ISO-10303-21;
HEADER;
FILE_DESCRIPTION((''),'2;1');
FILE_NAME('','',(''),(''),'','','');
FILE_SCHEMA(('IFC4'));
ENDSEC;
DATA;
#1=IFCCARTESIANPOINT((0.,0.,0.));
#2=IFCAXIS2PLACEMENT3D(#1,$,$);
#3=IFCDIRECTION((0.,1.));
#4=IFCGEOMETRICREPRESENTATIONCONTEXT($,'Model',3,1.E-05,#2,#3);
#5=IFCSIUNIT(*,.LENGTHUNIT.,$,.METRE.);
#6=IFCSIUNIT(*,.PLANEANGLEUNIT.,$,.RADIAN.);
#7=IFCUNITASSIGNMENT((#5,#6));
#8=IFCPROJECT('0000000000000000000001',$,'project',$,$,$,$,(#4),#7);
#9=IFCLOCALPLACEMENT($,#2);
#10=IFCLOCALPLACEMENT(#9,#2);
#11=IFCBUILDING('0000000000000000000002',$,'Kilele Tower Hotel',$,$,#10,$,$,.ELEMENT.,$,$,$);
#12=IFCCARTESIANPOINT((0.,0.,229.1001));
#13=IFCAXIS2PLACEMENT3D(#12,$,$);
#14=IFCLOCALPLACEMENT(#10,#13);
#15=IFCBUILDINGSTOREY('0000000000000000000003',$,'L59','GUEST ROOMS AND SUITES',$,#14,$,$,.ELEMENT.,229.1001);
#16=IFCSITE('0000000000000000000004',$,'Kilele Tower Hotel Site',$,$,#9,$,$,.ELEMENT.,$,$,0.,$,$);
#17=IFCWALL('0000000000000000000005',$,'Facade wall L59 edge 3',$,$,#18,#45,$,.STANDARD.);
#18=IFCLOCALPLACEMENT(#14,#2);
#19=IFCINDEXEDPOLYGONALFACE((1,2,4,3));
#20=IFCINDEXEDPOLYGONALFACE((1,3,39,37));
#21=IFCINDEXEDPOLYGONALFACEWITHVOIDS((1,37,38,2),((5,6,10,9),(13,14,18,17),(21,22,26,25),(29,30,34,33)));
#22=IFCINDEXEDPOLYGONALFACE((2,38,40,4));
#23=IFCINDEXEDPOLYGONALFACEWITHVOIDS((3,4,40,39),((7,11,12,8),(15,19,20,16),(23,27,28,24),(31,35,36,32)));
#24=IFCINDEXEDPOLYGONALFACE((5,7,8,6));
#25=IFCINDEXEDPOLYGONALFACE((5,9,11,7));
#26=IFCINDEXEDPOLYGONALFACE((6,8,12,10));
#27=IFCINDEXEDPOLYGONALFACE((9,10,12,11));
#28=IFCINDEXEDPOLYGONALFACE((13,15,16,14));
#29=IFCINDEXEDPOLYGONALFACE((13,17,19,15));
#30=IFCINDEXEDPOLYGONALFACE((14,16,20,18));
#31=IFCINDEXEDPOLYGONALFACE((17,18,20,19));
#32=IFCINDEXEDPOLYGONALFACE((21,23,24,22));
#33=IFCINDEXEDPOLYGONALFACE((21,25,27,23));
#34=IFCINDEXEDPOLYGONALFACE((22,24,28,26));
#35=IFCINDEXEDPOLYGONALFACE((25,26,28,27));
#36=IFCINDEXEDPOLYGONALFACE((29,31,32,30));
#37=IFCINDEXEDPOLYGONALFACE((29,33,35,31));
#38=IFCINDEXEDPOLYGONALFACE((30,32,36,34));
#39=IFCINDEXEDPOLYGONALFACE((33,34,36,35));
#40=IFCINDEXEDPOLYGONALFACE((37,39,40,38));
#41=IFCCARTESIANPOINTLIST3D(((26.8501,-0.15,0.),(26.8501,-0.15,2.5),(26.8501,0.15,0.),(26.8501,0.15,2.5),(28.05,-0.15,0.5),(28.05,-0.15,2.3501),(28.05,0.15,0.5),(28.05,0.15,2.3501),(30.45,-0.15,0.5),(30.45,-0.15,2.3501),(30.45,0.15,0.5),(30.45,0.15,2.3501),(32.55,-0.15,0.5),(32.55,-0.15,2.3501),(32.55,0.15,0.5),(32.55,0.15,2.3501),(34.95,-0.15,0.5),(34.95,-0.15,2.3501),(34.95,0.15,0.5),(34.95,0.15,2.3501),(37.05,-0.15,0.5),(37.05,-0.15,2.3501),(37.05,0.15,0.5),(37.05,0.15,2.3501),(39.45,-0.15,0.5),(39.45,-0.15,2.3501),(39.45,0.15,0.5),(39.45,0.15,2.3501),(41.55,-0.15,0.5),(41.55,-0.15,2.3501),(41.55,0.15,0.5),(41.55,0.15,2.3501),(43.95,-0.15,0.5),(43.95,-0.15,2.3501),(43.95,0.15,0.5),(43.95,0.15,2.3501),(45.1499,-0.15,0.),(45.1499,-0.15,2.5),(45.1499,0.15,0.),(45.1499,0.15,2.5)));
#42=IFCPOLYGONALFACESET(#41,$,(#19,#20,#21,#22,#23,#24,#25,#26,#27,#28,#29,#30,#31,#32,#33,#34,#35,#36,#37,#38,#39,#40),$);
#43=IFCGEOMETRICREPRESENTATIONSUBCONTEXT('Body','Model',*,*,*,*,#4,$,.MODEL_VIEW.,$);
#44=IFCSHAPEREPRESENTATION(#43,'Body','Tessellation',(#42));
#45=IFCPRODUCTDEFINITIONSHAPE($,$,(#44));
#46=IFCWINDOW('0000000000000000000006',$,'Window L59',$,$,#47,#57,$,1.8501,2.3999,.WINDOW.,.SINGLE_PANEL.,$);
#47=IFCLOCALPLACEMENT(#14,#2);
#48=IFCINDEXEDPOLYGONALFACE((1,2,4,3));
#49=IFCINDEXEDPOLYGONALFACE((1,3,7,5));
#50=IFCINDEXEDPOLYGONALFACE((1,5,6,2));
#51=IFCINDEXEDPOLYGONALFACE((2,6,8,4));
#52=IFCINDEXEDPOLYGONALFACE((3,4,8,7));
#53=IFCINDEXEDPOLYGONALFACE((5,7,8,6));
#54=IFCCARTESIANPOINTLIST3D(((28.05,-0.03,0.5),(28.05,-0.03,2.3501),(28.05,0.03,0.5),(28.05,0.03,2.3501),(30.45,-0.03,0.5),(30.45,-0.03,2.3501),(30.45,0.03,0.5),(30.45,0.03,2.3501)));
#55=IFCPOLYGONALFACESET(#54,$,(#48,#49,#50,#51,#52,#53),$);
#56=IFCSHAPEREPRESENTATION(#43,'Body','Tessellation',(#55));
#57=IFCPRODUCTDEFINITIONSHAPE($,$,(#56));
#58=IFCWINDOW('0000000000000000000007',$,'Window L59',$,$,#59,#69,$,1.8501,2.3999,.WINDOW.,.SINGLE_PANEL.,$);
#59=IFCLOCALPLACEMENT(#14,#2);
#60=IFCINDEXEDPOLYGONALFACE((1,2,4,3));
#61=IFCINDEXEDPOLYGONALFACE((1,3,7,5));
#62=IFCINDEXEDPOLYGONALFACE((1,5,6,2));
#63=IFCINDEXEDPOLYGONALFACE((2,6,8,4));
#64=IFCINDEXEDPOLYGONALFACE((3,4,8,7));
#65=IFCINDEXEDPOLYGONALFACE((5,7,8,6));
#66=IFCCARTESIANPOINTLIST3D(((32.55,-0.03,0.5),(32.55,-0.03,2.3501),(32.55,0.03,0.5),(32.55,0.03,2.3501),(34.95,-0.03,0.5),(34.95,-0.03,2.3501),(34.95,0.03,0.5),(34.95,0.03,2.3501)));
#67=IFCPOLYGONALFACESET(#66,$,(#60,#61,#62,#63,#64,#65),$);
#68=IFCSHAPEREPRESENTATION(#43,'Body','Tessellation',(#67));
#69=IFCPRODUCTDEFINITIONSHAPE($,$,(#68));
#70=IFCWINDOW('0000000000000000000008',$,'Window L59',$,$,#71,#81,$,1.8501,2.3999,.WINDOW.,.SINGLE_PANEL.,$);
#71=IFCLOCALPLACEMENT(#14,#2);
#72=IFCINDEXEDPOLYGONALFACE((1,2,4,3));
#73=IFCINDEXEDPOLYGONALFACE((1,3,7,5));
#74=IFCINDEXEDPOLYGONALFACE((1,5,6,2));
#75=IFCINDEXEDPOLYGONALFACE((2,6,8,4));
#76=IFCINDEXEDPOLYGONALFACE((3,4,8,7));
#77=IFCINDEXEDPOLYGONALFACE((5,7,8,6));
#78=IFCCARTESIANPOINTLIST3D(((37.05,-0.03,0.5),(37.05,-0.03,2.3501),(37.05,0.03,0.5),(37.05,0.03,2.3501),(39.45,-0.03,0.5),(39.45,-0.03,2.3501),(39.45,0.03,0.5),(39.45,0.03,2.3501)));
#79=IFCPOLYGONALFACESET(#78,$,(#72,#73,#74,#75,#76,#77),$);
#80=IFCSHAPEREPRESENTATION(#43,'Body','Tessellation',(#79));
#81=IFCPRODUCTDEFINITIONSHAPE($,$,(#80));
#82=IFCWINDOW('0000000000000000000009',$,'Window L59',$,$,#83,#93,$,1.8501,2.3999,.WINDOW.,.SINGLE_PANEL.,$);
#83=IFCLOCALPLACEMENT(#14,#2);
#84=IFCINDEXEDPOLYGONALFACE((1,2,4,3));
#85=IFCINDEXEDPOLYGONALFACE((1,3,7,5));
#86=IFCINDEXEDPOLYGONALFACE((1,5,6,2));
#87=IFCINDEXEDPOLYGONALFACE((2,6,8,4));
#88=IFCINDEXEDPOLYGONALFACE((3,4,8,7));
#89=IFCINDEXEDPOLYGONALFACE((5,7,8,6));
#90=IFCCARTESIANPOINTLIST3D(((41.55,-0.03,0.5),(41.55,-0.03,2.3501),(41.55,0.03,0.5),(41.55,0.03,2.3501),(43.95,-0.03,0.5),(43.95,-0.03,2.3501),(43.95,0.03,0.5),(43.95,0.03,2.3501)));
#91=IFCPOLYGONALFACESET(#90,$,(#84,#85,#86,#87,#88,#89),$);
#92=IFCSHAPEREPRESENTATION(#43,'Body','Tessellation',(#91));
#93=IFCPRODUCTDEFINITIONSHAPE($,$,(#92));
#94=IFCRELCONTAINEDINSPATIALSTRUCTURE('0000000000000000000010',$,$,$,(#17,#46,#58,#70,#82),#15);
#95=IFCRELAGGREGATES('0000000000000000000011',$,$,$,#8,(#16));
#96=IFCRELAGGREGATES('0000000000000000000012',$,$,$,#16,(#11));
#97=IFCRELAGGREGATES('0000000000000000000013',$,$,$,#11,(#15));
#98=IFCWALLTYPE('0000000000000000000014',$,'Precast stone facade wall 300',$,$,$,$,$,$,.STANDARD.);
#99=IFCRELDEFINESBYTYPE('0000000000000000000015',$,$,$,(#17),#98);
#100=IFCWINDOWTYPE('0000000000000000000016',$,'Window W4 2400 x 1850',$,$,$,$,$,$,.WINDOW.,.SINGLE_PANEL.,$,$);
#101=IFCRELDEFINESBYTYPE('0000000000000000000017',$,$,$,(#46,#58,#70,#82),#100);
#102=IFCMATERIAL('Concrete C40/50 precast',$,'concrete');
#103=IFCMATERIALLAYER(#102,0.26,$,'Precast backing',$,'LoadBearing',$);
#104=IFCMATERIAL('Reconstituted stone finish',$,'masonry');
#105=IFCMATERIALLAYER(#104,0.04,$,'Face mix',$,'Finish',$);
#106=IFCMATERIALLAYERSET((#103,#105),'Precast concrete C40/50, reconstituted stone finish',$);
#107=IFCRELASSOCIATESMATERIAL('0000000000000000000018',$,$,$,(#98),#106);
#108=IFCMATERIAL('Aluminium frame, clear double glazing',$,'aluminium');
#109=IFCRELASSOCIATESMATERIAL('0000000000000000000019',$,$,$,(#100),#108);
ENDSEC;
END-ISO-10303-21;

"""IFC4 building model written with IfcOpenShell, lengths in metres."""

from ifc_helpers import new_model, si_unit, direction, frame, frame_2d, origin, place, context, subcontext, project, spatial, rectangle, extrude, material, layer, layer_set, type_object, element, fill, save


model = new_model("IFC4")

# Units and contexts
model_context = context("Model", 3, precision=1e-05, world=origin(), true_north=direction((0.0, 1.0)))
body_context = subcontext(model_context, "Body", "Model", "MODEL_VIEW")
ifc_project = project(units=[si_unit("LENGTHUNIT", "METRE"), si_unit("PLANEANGLEUNIT", "RADIAN")], contexts=[model_context])

# Site, building, storey
site_placement = place(None, origin())
site = spatial("IfcSite", under=ifc_project, at=site_placement, Name="Kilele Tower Hotel Site", CompositionType="ELEMENT", RefElevation=0.0)
building_placement = place(site_placement, origin())
building = spatial("IfcBuilding", under=site, at=building_placement, Name="Kilele Tower Hotel", CompositionType="ELEMENT")
storey_placement = place(building_placement, frame((0.0, 0.0, 229.1001)))
storey = spatial("IfcBuildingStorey", under=building, at=storey_placement, Name="L59", Description="GUEST ROOMS AND SUITES", CompositionType="ELEMENT", Elevation=229.1001)

# Wall, openings, windows
ifc_material_1 = material(Name="Concrete C40/50 precast", Category="concrete")
ifc_layer_1 = layer(ifc_material_1, 0.26, Name="Precast backing", Category="LoadBearing")
ifc_material_2 = material(Name="Reconstituted stone finish", Category="masonry")
ifc_layer_2 = layer(ifc_material_2, 0.04, Name="Face mix", Category="Finish")
ifc_layer_set_1 = layer_set([ifc_layer_1, ifc_layer_2], Name="Precast concrete C40/50, reconstituted stone finish")
wall_type_1 = type_object("IfcWallType", Name="Precast stone facade wall 300", PredefinedType="STANDARD", material=ifc_layer_set_1)
wall_1_placement = place(storey_placement, frame((26.8501, 0.0, 0.0), z_axis=(0.0, 0.0, 1.0), x_axis=(1.0, 0.0, 0.0)))
wall_1 = element("IfcWall", 1, at=wall_1_placement, inside=storey, type_object=wall_type_1, Name="Facade wall L59 edge 3", PredefinedType="STANDARD", context=body_context, shape_type="SweptSolid", body=[
    extrude(rectangle(XDim=18.2998, YDim=0.3, at=frame_2d((9.1499, 0.0))), origin(), (0.0, 0.0, 1.0), 2.5),
])
opening_1_placement = place(wall_1_placement, frame((1.2, 0.0, 0.5)))
opening_1 = element("IfcOpeningElement", 2, at=opening_1_placement, cuts=wall_1, PredefinedType="OPENING", context=body_context, shape_type="SweptSolid", body=[
    extrude(rectangle(XDim=2.3999, YDim=1.8501, at=frame_2d((1.2, 0.925))), frame((0.0, 0.1599, 0.0), z_axis=(0.0, -1.0, 0.0), x_axis=(1.0, 0.0, 0.0)), (0.0, 0.0, 1.0), 0.3201),
])
opening_2_placement = place(wall_1_placement, frame((5.7, 0.0, 0.5)))
opening_2 = element("IfcOpeningElement", 3, at=opening_2_placement, cuts=wall_1, PredefinedType="OPENING", context=body_context, shape_type="SweptSolid", body=[
    extrude(rectangle(XDim=2.3999, YDim=1.8501, at=frame_2d((1.2, 0.925))), frame((0.0, 0.1599, 0.0), z_axis=(0.0, -1.0, 0.0), x_axis=(1.0, 0.0, 0.0)), (0.0, 0.0, 1.0), 0.3201),
])
opening_3_placement = place(wall_1_placement, frame((10.2, 0.0, 0.5)))
opening_3 = element("IfcOpeningElement", 4, at=opening_3_placement, cuts=wall_1, PredefinedType="OPENING", context=body_context, shape_type="SweptSolid", body=[
    extrude(rectangle(XDim=2.3999, YDim=1.8501, at=frame_2d((1.2, 0.925))), frame((0.0, 0.1599, 0.0), z_axis=(0.0, -1.0, 0.0), x_axis=(1.0, 0.0, 0.0)), (0.0, 0.0, 1.0), 0.3201),
])
opening_4_placement = place(wall_1_placement, frame((14.7, 0.0, 0.5)))
opening_4 = element("IfcOpeningElement", 5, at=opening_4_placement, cuts=wall_1, PredefinedType="OPENING", context=body_context, shape_type="SweptSolid", body=[
    extrude(rectangle(XDim=2.3999, YDim=1.8501, at=frame_2d((1.2, 0.925))), frame((0.0, 0.1599, 0.0), z_axis=(0.0, -1.0, 0.0), x_axis=(1.0, 0.0, 0.0)), (0.0, 0.0, 1.0), 0.3201),
])
ifc_material_3 = material(Name="Aluminium frame, clear double glazing", Category="aluminium")
window_type = type_object("IfcWindowType", Name="Window W4 2400 x 1850", PartitioningType="SINGLE_PANEL", PredefinedType="WINDOW", material=ifc_material_3)
window_1_placement = place(opening_1_placement, origin())
window_1 = element("IfcWindow", 6, at=window_1_placement, inside=storey, type_object=window_type, Name="Window L59", OverallHeight=1.8501, OverallWidth=2.3999, PartitioningType="SINGLE_PANEL", PredefinedType="WINDOW", context=body_context, shape_type="SweptSolid", body=[
    extrude(rectangle(XDim=2.3999, YDim=1.8501, at=frame_2d((1.2, 0.925))), frame((0.0, 0.03, 0.0), z_axis=(0.0, -1.0, 0.0), x_axis=(1.0, 0.0, 0.0)), (0.0, 0.0, 1.0), 0.0601),
])
fill(opening_1, window_1)
window_2_placement = place(opening_2_placement, origin())
window_2 = element("IfcWindow", 7, at=window_2_placement, inside=storey, type_object=window_type, Name="Window L59", OverallHeight=1.8501, OverallWidth=2.3999, PartitioningType="SINGLE_PANEL", PredefinedType="WINDOW", context=body_context, shape_type="SweptSolid", body=[
    extrude(rectangle(XDim=2.3999, YDim=1.8501, at=frame_2d((1.2, 0.925))), frame((0.0, 0.03, 0.0), z_axis=(0.0, -1.0, 0.0), x_axis=(1.0, 0.0, 0.0)), (0.0, 0.0, 1.0), 0.0601),
])
fill(opening_2, window_2)
window_3_placement = place(opening_3_placement, origin())
window_3 = element("IfcWindow", 8, at=window_3_placement, inside=storey, type_object=window_type, Name="Window L59", OverallHeight=1.8501, OverallWidth=2.3999, PartitioningType="SINGLE_PANEL", PredefinedType="WINDOW", context=body_context, shape_type="SweptSolid", body=[
    extrude(rectangle(XDim=2.3999, YDim=1.8501, at=frame_2d((1.2, 0.925))), frame((0.0, 0.03, 0.0), z_axis=(0.0, -1.0, 0.0), x_axis=(1.0, 0.0, 0.0)), (0.0, 0.0, 1.0), 0.0601),
])
fill(opening_3, window_3)
window_4_placement = place(opening_4_placement, origin())
window_4 = element("IfcWindow", 9, at=window_4_placement, inside=storey, type_object=window_type, Name="Window L59", OverallHeight=1.8501, OverallWidth=2.3999, PartitioningType="SINGLE_PANEL", PredefinedType="WINDOW", context=body_context, shape_type="SweptSolid", body=[
    extrude(rectangle(XDim=2.3999, YDim=1.8501, at=frame_2d((1.2, 0.925))), frame((0.0, 0.03, 0.0), z_axis=(0.0, -1.0, 0.0), x_axis=(1.0, 0.0, 0.0)), (0.0, 0.0, 1.0), 0.0601),
])
fill(opening_4, window_4)

save(model, "model.ifc")
